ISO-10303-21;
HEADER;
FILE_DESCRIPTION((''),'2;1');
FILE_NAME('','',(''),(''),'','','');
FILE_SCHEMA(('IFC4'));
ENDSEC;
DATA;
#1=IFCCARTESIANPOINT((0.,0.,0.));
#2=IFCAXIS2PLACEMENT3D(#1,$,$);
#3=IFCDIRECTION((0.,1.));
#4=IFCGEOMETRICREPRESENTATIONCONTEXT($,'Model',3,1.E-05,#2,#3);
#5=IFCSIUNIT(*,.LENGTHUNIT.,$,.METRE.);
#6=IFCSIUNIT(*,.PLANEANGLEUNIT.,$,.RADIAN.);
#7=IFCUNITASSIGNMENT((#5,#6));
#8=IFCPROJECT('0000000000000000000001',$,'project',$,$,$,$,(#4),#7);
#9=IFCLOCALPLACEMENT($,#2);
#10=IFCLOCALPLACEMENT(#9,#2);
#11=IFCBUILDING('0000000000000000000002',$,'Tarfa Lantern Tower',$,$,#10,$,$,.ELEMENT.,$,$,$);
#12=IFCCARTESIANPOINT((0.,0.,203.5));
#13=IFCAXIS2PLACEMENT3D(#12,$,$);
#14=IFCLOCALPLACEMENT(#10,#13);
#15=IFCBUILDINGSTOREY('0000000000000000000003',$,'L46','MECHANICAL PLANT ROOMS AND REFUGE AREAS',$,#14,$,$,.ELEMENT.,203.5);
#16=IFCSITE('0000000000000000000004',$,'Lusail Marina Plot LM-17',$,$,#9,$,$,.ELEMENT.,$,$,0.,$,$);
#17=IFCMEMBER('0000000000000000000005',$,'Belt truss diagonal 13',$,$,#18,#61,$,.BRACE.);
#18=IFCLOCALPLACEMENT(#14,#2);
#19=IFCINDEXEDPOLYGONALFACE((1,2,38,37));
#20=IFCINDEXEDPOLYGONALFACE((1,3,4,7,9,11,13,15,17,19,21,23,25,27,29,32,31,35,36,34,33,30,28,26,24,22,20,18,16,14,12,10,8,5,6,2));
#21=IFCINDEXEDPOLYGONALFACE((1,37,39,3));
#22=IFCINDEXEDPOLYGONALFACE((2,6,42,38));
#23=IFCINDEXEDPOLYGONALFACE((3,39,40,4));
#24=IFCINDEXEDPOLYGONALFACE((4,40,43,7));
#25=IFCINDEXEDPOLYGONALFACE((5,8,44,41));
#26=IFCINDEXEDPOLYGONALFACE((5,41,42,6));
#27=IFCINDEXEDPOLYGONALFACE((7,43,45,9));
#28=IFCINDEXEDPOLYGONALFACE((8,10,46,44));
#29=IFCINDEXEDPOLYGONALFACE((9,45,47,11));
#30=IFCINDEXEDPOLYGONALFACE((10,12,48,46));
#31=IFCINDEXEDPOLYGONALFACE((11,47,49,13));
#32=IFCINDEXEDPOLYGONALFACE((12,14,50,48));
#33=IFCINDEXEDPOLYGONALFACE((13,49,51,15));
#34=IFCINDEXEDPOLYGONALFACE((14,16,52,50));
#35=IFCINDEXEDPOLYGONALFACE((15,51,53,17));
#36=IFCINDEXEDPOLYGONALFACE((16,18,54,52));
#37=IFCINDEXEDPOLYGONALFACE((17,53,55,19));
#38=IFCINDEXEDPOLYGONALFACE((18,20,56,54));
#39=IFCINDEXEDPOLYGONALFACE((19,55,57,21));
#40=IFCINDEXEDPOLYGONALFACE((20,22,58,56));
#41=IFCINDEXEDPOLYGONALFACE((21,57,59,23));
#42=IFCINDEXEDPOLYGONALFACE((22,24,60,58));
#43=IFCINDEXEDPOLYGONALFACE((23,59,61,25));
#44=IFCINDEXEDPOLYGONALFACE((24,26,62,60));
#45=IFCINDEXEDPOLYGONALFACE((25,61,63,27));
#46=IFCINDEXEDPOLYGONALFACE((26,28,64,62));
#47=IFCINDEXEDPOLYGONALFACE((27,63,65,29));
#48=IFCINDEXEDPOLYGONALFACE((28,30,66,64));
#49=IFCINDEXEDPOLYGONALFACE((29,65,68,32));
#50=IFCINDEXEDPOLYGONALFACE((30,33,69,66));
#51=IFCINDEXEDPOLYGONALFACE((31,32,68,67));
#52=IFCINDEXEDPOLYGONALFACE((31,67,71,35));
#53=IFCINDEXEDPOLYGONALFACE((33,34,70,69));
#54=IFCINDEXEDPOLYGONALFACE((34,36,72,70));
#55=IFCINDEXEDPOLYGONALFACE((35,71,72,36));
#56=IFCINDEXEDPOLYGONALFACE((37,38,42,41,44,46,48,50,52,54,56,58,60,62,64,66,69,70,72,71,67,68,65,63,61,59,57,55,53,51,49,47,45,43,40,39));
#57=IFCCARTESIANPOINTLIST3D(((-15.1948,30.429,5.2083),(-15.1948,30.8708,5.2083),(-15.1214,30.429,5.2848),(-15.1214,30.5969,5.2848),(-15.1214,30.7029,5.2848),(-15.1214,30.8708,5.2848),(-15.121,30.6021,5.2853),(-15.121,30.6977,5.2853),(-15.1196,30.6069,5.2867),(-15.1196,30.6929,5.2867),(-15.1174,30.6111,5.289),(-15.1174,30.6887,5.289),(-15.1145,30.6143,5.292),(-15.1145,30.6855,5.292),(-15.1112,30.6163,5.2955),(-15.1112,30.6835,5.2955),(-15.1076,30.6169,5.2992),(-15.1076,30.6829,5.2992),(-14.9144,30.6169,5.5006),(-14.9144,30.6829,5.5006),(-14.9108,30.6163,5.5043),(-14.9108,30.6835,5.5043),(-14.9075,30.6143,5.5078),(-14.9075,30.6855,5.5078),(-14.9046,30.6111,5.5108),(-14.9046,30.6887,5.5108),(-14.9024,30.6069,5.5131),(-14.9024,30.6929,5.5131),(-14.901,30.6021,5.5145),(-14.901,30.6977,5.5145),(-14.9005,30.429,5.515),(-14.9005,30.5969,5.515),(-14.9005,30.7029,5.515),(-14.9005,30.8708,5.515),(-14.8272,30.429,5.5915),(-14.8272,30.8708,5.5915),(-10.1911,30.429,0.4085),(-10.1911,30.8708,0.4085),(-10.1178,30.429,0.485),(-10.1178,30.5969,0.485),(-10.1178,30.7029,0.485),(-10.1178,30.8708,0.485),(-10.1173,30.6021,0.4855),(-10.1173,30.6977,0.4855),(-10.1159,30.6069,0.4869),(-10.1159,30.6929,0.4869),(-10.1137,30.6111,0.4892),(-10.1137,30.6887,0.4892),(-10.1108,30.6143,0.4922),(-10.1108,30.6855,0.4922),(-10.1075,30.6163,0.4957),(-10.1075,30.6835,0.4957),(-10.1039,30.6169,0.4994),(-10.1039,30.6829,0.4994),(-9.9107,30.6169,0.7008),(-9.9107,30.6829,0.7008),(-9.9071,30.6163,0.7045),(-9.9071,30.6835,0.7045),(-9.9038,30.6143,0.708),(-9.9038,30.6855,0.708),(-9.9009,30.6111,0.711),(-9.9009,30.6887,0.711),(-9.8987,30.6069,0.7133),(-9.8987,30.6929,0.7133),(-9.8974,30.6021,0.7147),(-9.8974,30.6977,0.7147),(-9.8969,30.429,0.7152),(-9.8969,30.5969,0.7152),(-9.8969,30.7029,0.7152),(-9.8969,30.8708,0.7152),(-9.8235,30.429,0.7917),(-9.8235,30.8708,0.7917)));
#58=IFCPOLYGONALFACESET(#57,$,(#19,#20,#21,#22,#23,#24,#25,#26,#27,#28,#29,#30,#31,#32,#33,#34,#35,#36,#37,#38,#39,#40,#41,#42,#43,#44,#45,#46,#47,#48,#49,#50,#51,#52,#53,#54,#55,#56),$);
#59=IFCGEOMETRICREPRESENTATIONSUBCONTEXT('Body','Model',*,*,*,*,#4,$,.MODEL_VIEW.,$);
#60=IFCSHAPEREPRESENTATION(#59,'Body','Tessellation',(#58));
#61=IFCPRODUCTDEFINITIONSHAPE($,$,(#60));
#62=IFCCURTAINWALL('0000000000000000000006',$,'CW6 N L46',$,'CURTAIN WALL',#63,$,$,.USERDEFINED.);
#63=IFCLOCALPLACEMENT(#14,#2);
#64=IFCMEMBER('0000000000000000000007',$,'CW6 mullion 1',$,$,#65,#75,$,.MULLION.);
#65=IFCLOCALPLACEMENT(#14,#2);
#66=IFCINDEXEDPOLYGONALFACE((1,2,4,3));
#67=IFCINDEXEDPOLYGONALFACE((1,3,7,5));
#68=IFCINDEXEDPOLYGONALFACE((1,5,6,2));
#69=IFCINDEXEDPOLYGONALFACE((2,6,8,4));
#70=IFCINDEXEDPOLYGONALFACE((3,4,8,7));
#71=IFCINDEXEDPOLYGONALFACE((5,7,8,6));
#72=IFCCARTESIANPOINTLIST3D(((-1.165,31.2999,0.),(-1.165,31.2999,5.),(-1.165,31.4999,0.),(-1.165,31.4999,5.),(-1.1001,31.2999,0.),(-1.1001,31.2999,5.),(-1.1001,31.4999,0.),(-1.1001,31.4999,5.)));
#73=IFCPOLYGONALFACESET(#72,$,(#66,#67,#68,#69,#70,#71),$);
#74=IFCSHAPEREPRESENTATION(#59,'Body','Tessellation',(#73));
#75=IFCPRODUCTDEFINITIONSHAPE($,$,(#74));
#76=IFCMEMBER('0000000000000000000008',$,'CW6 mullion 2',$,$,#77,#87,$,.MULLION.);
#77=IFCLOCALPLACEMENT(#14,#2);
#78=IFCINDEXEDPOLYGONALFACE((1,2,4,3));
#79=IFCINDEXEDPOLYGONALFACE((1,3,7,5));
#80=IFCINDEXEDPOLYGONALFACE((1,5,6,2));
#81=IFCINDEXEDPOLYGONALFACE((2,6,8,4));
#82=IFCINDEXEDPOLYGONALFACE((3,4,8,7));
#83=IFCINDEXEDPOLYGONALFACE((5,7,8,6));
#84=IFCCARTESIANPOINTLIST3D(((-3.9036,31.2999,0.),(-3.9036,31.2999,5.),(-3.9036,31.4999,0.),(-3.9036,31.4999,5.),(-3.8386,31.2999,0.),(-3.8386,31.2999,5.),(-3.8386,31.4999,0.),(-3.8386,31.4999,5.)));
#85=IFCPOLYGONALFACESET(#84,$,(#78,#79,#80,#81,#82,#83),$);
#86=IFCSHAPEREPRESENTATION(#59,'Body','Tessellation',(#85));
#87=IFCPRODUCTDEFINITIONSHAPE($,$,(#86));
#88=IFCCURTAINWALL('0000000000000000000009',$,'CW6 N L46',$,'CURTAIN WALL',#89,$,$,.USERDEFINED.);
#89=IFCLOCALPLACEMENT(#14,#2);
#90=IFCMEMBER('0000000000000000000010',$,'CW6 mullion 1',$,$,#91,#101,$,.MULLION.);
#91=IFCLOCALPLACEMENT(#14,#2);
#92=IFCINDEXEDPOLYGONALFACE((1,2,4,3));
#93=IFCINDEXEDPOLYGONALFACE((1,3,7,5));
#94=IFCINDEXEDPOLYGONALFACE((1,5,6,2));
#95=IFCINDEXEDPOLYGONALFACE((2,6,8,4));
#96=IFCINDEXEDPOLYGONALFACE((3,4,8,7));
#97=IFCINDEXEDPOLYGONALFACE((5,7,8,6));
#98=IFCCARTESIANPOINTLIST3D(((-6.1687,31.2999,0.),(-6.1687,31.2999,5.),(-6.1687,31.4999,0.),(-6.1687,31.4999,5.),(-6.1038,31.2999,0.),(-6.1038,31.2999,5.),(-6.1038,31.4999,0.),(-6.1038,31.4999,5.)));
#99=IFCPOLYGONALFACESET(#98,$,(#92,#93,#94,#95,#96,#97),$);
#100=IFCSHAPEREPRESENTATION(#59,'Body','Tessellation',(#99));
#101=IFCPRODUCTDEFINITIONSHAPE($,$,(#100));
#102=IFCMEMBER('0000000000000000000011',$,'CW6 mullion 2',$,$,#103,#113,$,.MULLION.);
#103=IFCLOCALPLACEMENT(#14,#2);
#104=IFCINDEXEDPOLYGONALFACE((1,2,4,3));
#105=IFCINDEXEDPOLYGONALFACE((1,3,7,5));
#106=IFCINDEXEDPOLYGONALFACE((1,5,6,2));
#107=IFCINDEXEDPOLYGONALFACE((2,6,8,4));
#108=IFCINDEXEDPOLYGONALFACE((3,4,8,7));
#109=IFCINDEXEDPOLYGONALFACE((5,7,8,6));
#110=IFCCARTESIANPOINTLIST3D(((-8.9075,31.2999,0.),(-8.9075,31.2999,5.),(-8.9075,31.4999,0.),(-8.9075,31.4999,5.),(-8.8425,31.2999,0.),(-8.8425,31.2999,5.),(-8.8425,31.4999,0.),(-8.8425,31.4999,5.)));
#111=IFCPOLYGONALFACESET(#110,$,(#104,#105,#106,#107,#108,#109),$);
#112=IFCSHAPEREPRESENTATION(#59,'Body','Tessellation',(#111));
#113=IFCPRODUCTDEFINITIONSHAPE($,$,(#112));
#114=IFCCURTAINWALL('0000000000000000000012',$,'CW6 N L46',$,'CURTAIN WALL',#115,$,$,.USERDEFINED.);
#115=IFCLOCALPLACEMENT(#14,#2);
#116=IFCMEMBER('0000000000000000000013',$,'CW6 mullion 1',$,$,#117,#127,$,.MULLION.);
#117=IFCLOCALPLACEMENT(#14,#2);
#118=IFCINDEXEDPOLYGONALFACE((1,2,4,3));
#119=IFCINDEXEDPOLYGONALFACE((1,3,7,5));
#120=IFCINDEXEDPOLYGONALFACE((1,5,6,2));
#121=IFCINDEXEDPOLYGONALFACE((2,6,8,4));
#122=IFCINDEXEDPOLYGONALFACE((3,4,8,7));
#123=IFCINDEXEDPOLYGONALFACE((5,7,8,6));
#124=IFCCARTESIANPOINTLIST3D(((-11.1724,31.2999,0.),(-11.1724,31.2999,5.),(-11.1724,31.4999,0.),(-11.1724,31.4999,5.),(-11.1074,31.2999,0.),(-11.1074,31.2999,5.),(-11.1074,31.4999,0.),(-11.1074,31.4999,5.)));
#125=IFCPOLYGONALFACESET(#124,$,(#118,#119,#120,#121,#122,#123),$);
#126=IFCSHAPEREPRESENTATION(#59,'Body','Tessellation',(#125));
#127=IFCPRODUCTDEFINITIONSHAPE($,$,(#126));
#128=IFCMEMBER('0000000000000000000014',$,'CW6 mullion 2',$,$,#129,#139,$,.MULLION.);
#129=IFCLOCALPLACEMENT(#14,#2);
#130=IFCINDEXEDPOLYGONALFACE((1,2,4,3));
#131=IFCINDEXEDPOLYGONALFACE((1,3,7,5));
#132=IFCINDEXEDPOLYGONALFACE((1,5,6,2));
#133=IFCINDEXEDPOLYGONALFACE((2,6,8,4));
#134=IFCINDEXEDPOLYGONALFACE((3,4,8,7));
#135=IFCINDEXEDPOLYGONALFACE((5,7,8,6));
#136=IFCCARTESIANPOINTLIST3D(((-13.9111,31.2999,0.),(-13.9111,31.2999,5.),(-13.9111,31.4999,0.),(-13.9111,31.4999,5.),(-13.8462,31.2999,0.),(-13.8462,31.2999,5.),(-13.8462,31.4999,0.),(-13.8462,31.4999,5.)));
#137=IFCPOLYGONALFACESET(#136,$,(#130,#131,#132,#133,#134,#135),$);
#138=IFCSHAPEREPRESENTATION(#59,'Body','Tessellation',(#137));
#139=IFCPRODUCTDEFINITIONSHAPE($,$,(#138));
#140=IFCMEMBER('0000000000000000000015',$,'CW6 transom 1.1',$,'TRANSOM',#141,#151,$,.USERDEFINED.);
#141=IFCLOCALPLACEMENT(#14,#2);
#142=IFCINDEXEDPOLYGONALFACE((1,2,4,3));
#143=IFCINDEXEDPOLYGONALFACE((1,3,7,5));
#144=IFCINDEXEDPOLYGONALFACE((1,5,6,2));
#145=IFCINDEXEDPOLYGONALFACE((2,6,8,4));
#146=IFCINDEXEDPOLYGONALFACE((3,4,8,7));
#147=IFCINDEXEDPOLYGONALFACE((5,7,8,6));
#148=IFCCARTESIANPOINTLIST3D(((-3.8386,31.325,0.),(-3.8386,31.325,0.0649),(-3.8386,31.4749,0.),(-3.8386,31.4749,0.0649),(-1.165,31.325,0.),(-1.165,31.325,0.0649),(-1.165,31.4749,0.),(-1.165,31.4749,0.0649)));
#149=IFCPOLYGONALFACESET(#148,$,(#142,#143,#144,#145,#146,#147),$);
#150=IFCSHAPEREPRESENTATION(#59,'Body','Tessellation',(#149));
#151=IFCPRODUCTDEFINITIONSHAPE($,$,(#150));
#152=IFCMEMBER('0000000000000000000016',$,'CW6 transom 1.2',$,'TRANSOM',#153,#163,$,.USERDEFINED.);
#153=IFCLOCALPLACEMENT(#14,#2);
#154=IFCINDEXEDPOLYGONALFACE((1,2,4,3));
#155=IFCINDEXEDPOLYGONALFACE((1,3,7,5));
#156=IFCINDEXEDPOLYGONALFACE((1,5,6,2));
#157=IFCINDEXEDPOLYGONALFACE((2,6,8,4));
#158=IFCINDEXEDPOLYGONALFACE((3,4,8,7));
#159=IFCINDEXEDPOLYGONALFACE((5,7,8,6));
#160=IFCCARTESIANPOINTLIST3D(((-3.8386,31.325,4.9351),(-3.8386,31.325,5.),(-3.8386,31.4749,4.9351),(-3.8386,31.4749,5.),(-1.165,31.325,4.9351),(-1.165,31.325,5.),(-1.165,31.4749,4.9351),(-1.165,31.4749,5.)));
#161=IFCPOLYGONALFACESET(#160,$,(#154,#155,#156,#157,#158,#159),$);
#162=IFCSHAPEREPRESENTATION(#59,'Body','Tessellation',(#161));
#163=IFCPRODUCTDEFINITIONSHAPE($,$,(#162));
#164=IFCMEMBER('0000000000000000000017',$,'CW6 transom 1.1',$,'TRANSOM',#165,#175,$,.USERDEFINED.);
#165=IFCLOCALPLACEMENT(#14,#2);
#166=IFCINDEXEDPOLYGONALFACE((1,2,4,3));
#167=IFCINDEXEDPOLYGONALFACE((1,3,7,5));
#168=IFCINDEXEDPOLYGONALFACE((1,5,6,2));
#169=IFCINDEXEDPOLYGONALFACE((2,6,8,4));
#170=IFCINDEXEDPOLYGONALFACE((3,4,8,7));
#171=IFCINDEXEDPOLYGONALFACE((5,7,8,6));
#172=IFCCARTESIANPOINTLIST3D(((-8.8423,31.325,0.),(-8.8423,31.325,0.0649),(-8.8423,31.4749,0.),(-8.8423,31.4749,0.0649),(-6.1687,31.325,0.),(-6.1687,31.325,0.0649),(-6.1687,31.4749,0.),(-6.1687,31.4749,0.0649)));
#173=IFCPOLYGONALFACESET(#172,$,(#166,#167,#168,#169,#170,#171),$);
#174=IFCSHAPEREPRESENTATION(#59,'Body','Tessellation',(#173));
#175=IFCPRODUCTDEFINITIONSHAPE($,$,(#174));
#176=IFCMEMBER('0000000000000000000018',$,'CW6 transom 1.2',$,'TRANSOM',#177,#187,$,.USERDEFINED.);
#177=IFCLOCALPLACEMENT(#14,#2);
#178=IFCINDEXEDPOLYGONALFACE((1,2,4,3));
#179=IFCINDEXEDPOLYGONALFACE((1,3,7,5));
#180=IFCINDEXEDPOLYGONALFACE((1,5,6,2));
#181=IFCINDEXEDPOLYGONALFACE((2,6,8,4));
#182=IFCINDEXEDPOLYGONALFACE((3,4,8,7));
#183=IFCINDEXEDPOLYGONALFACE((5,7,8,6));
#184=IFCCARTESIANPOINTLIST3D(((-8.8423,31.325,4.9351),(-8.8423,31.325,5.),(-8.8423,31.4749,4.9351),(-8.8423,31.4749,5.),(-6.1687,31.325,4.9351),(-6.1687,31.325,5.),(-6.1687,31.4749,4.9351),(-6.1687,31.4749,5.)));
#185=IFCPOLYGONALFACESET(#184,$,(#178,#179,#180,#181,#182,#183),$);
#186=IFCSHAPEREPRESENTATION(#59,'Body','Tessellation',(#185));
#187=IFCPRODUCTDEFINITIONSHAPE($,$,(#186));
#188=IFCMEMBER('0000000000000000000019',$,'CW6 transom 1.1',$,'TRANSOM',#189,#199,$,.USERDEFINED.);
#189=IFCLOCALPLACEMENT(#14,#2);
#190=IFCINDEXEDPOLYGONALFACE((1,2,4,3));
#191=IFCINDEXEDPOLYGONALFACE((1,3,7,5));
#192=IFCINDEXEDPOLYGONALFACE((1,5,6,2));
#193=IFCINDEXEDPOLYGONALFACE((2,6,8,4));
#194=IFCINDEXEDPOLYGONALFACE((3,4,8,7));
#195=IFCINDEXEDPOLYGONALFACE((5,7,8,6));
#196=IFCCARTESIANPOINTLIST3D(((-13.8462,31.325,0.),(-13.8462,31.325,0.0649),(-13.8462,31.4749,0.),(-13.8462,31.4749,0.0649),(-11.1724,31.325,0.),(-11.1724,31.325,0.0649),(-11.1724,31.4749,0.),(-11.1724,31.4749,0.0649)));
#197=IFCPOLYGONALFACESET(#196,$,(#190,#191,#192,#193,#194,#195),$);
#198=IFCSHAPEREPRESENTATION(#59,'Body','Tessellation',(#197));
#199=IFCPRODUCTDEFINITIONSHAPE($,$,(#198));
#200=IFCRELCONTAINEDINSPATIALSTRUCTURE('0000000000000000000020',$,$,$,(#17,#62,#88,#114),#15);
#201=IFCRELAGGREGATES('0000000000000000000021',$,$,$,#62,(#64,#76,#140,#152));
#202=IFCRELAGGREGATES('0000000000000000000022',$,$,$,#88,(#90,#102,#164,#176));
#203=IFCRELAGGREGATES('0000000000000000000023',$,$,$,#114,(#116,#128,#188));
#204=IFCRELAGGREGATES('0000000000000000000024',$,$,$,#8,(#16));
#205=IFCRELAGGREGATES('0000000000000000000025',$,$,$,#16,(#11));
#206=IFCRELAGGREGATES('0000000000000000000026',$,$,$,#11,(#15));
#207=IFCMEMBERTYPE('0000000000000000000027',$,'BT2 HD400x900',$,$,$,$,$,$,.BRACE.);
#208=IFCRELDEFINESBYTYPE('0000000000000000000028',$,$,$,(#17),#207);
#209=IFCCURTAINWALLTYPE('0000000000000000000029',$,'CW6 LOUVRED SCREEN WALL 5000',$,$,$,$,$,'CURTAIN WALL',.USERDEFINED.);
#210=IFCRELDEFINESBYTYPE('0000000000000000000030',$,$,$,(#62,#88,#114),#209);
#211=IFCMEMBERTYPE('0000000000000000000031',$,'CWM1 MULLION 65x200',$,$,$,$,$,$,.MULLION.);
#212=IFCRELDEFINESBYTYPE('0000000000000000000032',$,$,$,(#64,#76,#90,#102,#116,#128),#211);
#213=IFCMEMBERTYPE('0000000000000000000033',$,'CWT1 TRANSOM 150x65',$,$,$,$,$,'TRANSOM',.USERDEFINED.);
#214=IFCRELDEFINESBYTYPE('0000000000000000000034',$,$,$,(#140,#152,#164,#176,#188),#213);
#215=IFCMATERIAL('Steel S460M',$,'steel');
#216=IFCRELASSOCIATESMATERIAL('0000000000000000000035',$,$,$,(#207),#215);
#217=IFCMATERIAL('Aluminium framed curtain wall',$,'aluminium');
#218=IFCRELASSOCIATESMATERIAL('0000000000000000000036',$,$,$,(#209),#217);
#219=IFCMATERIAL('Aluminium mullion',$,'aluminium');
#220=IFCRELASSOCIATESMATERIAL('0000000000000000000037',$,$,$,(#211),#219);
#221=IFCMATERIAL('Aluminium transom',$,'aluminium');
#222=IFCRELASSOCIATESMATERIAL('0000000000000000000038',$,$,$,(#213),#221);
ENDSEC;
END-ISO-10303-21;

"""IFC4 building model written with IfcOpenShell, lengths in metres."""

from ifc_helpers import new_model, si_unit, direction, frame, origin, origin_2d, place, context, subcontext, project, spatial, rectangle, i_section, extrude, material, material_profile, profile_set, type_object, element, aggregate, save


model = new_model("IFC4")

# Units and contexts
model_context = context("Model", 3, precision=1e-05, world=origin(), true_north=direction((0.0, 1.0)))
body_context = subcontext(model_context, "Body", "Model", "MODEL_VIEW")
ifc_project = project(units=[si_unit("LENGTHUNIT", "METRE"), si_unit("PLANEANGLEUNIT", "RADIAN")], contexts=[model_context])

# Site, building, storey
site_placement = place(None, origin())
site = spatial("IfcSite", under=ifc_project, at=site_placement, Name="Lusail Marina Plot LM-17", CompositionType="ELEMENT", RefElevation=0.0)
building_placement = place(site_placement, origin())
building = spatial("IfcBuilding", under=site, at=building_placement, Name="Tarfa Lantern Tower", CompositionType="ELEMENT")
storey_placement = place(building_placement, frame((0.0, 0.0, 203.5)))
storey = spatial("IfcBuildingStorey", under=building, at=storey_placement, Name="L46", Description="MECHANICAL PLANT ROOMS AND REFUGE AREAS", CompositionType="ELEMENT", Elevation=203.5)

# Member
ifc_material_1 = material(Name="Steel S460M", Category="steel")
ifc_material_profile_1 = material_profile(ifc_material_1, i_section(OverallWidth=0.4419, OverallDepth=0.531, WebThickness=0.0659, FlangeThickness=0.106, FilletRadius=0.02, at=origin_2d()), Name="HD400x900")
ifc_profile_set_1 = profile_set([ifc_material_profile_1], Name="Steel S460M")
member_type_1 = type_object("IfcMemberType", Name="BT2 HD400x900", PredefinedType="BRACE", material=ifc_profile_set_1)
for number, where, z_axis, x_axis, name in (
    (1, (-10.0073, 30.6499, 0.6001), (-0.721655, 0.0, 0.692253), (0.0, -1.0, 0.0), "Belt truss diagonal 13"),
):
    element("IfcMember", number, at=place(storey_placement, frame(where, z_axis=z_axis, x_axis=x_axis)), inside=storey, type_object=member_type_1, Name=name, PredefinedType="BRACE", context=body_context, shape_type="SweptSolid", body=[
        extrude(i_section(OverallWidth=0.4419, OverallDepth=0.531, WebThickness=0.0659, FlangeThickness=0.106, FilletRadius=0.02, at=origin_2d()), origin(), (0.0, 0.0, 1.0), 6.9336),
    ])

# Curtain walls, members
ifc_material_2 = material(Name="Aluminium framed curtain wall", Category="aluminium")
curtain_wall_type = type_object("IfcCurtainWallType", Name="CW6 LOUVRED SCREEN WALL 5000", ElementType="CURTAIN WALL", PredefinedType="USERDEFINED", material=ifc_material_2)
curtain_wall_1_placement = place(storey_placement, origin())
curtain_wall_1 = element("IfcCurtainWall", 2, at=curtain_wall_1_placement, inside=storey, type_object=curtain_wall_type, Name="CW6 N L46", ObjectType="CURTAIN WALL", PredefinedType="USERDEFINED")
ifc_material_3 = material(Name="Aluminium mullion", Category="aluminium")
ifc_material_profile_2 = material_profile(ifc_material_3, rectangle(XDim=0.0649, YDim=0.2, at=origin_2d()), Name="AL MULLION 65x200")
ifc_profile_set_2 = profile_set([ifc_material_profile_2], Name="Aluminium mullion")
member_type_2 = type_object("IfcMemberType", Name="CWM1 MULLION 65x200", PredefinedType="MULLION", material=ifc_profile_set_2)
member_1_placement = place(storey_placement, frame((-1.1326, 31.3999, 0.0), z_axis=(0.0, 0.0, 1.0), x_axis=(1.0, 0.0, 0.0)))
member_1 = element("IfcMember", 3, at=member_1_placement, type_object=member_type_2, Name="CW6 mullion 1", PredefinedType="MULLION", context=body_context, shape_type="SweptSolid", body=[
    extrude(rectangle(XDim=0.0649, YDim=0.2, at=origin_2d()), origin(), (0.0, 0.0, 1.0), 5.0),
])
member_2_placement = place(storey_placement, frame((-3.8711, 31.3999, 0.0), z_axis=(0.0, 0.0, 1.0), x_axis=(1.0, 0.0, 0.0)))
member_2 = element("IfcMember", 4, at=member_2_placement, type_object=member_type_2, Name="CW6 mullion 2", PredefinedType="MULLION", context=body_context, shape_type="SweptSolid", body=[
    extrude(rectangle(XDim=0.0649, YDim=0.2, at=origin_2d()), origin(), (0.0, 0.0, 1.0), 5.0),
])
curtain_wall_2_placement = place(storey_placement, origin())
curtain_wall_2 = element("IfcCurtainWall", 5, at=curtain_wall_2_placement, inside=storey, type_object=curtain_wall_type, Name="CW6 N L46", ObjectType="CURTAIN WALL", PredefinedType="USERDEFINED")
member_3_placement = place(storey_placement, frame((-6.1362, 31.3999, 0.0), z_axis=(0.0, 0.0, 1.0), x_axis=(1.0, 0.0, 0.0)))
member_3 = element("IfcMember", 6, at=member_3_placement, type_object=member_type_2, Name="CW6 mullion 1", PredefinedType="MULLION", context=body_context, shape_type="SweptSolid", body=[
    extrude(rectangle(XDim=0.0649, YDim=0.2, at=origin_2d()), origin(), (0.0, 0.0, 1.0), 5.0),
])
member_4_placement = place(storey_placement, frame((-8.875, 31.3999, 0.0), z_axis=(0.0, 0.0, 1.0), x_axis=(1.0, 0.0, 0.0)))
member_4 = element("IfcMember", 7, at=member_4_placement, type_object=member_type_2, Name="CW6 mullion 2", PredefinedType="MULLION", context=body_context, shape_type="SweptSolid", body=[
    extrude(rectangle(XDim=0.0649, YDim=0.2, at=origin_2d()), origin(), (0.0, 0.0, 1.0), 5.0),
])
curtain_wall_3_placement = place(storey_placement, origin())
curtain_wall_3 = element("IfcCurtainWall", 8, at=curtain_wall_3_placement, inside=storey, type_object=curtain_wall_type, Name="CW6 N L46", ObjectType="CURTAIN WALL", PredefinedType="USERDEFINED")
member_5_placement = place(storey_placement, frame((-11.1399, 31.3999, 0.0), z_axis=(0.0, 0.0, 1.0), x_axis=(1.0, 0.0, 0.0)))
member_5 = element("IfcMember", 9, at=member_5_placement, type_object=member_type_2, Name="CW6 mullion 1", PredefinedType="MULLION", context=body_context, shape_type="SweptSolid", body=[
    extrude(rectangle(XDim=0.0649, YDim=0.2, at=origin_2d()), origin(), (0.0, 0.0, 1.0), 5.0),
])
member_6_placement = place(storey_placement, frame((-13.8787, 31.3999, 0.0), z_axis=(0.0, 0.0, 1.0), x_axis=(1.0, 0.0, 0.0)))
member_6 = element("IfcMember", 10, at=member_6_placement, type_object=member_type_2, Name="CW6 mullion 2", PredefinedType="MULLION", context=body_context, shape_type="SweptSolid", body=[
    extrude(rectangle(XDim=0.0649, YDim=0.2, at=origin_2d()), origin(), (0.0, 0.0, 1.0), 5.0),
])

# Members
ifc_material_4 = material(Name="Aluminium transom", Category="aluminium")
ifc_material_profile_3 = material_profile(ifc_material_4, rectangle(XDim=0.1499, YDim=0.0649, at=origin_2d()), Name="AL TRANSOM 150x65")
ifc_profile_set_3 = profile_set([ifc_material_profile_3], Name="Aluminium transom")
member_type_3 = type_object("IfcMemberType", Name="CWT1 TRANSOM 150x65", ElementType="TRANSOM", PredefinedType="USERDEFINED", material=ifc_profile_set_3)
member_7_placement = place(storey_placement, frame((-1.165, 31.3999, 0.0325), z_axis=(-1.0, 0.0, 0.0), x_axis=(0.0, -1.0, 0.0)))
member_7 = element("IfcMember", 11, at=member_7_placement, type_object=member_type_3, Name="CW6 transom 1.1", ObjectType="TRANSOM", PredefinedType="USERDEFINED", context=body_context, shape_type="SweptSolid", body=[
    extrude(rectangle(XDim=0.1499, YDim=0.0649, at=origin_2d()), origin(), (0.0, 0.0, 1.0), 2.6736),
])
member_8_placement = place(storey_placement, frame((-1.165, 31.3999, 4.9675), z_axis=(-1.0, 0.0, 0.0), x_axis=(0.0, -1.0, 0.0)))
member_8 = element("IfcMember", 12, at=member_8_placement, type_object=member_type_3, Name="CW6 transom 1.2", ObjectType="TRANSOM", PredefinedType="USERDEFINED", context=body_context, shape_type="SweptSolid", body=[
    extrude(rectangle(XDim=0.1499, YDim=0.0649, at=origin_2d()), origin(), (0.0, 0.0, 1.0), 2.6736),
])
member_9_placement = place(storey_placement, frame((-6.1687, 31.3999, 0.0325), z_axis=(-1.0, 0.0, 0.0), x_axis=(0.0, -1.0, 0.0)))
member_9 = element("IfcMember", 13, at=member_9_placement, type_object=member_type_3, Name="CW6 transom 1.1", ObjectType="TRANSOM", PredefinedType="USERDEFINED", context=body_context, shape_type="SweptSolid", body=[
    extrude(rectangle(XDim=0.1499, YDim=0.0649, at=origin_2d()), origin(), (0.0, 0.0, 1.0), 2.6736),
])
member_10_placement = place(storey_placement, frame((-6.1687, 31.3999, 4.9675), z_axis=(-1.0, 0.0, 0.0), x_axis=(0.0, -1.0, 0.0)))
member_10 = element("IfcMember", 14, at=member_10_placement, type_object=member_type_3, Name="CW6 transom 1.2", ObjectType="TRANSOM", PredefinedType="USERDEFINED", context=body_context, shape_type="SweptSolid", body=[
    extrude(rectangle(XDim=0.1499, YDim=0.0649, at=origin_2d()), origin(), (0.0, 0.0, 1.0), 2.6736),
])
member_11_placement = place(storey_placement, frame((-11.1724, 31.3999, 0.0325), z_axis=(-1.0, 0.0, 0.0), x_axis=(0.0, -1.0, 0.0)))
member_11 = element("IfcMember", 15, at=member_11_placement, type_object=member_type_3, Name="CW6 transom 1.1", ObjectType="TRANSOM", PredefinedType="USERDEFINED", context=body_context, shape_type="SweptSolid", body=[
    extrude(rectangle(XDim=0.1499, YDim=0.0649, at=origin_2d()), origin(), (0.0, 0.0, 1.0), 2.6738),
])

aggregate(curtain_wall_1, [member_1, member_2, member_7, member_8])
aggregate(curtain_wall_2, [member_3, member_4, member_9, member_10])
aggregate(curtain_wall_3, [member_5, member_6, member_11])

save(model, "model.ifc")
